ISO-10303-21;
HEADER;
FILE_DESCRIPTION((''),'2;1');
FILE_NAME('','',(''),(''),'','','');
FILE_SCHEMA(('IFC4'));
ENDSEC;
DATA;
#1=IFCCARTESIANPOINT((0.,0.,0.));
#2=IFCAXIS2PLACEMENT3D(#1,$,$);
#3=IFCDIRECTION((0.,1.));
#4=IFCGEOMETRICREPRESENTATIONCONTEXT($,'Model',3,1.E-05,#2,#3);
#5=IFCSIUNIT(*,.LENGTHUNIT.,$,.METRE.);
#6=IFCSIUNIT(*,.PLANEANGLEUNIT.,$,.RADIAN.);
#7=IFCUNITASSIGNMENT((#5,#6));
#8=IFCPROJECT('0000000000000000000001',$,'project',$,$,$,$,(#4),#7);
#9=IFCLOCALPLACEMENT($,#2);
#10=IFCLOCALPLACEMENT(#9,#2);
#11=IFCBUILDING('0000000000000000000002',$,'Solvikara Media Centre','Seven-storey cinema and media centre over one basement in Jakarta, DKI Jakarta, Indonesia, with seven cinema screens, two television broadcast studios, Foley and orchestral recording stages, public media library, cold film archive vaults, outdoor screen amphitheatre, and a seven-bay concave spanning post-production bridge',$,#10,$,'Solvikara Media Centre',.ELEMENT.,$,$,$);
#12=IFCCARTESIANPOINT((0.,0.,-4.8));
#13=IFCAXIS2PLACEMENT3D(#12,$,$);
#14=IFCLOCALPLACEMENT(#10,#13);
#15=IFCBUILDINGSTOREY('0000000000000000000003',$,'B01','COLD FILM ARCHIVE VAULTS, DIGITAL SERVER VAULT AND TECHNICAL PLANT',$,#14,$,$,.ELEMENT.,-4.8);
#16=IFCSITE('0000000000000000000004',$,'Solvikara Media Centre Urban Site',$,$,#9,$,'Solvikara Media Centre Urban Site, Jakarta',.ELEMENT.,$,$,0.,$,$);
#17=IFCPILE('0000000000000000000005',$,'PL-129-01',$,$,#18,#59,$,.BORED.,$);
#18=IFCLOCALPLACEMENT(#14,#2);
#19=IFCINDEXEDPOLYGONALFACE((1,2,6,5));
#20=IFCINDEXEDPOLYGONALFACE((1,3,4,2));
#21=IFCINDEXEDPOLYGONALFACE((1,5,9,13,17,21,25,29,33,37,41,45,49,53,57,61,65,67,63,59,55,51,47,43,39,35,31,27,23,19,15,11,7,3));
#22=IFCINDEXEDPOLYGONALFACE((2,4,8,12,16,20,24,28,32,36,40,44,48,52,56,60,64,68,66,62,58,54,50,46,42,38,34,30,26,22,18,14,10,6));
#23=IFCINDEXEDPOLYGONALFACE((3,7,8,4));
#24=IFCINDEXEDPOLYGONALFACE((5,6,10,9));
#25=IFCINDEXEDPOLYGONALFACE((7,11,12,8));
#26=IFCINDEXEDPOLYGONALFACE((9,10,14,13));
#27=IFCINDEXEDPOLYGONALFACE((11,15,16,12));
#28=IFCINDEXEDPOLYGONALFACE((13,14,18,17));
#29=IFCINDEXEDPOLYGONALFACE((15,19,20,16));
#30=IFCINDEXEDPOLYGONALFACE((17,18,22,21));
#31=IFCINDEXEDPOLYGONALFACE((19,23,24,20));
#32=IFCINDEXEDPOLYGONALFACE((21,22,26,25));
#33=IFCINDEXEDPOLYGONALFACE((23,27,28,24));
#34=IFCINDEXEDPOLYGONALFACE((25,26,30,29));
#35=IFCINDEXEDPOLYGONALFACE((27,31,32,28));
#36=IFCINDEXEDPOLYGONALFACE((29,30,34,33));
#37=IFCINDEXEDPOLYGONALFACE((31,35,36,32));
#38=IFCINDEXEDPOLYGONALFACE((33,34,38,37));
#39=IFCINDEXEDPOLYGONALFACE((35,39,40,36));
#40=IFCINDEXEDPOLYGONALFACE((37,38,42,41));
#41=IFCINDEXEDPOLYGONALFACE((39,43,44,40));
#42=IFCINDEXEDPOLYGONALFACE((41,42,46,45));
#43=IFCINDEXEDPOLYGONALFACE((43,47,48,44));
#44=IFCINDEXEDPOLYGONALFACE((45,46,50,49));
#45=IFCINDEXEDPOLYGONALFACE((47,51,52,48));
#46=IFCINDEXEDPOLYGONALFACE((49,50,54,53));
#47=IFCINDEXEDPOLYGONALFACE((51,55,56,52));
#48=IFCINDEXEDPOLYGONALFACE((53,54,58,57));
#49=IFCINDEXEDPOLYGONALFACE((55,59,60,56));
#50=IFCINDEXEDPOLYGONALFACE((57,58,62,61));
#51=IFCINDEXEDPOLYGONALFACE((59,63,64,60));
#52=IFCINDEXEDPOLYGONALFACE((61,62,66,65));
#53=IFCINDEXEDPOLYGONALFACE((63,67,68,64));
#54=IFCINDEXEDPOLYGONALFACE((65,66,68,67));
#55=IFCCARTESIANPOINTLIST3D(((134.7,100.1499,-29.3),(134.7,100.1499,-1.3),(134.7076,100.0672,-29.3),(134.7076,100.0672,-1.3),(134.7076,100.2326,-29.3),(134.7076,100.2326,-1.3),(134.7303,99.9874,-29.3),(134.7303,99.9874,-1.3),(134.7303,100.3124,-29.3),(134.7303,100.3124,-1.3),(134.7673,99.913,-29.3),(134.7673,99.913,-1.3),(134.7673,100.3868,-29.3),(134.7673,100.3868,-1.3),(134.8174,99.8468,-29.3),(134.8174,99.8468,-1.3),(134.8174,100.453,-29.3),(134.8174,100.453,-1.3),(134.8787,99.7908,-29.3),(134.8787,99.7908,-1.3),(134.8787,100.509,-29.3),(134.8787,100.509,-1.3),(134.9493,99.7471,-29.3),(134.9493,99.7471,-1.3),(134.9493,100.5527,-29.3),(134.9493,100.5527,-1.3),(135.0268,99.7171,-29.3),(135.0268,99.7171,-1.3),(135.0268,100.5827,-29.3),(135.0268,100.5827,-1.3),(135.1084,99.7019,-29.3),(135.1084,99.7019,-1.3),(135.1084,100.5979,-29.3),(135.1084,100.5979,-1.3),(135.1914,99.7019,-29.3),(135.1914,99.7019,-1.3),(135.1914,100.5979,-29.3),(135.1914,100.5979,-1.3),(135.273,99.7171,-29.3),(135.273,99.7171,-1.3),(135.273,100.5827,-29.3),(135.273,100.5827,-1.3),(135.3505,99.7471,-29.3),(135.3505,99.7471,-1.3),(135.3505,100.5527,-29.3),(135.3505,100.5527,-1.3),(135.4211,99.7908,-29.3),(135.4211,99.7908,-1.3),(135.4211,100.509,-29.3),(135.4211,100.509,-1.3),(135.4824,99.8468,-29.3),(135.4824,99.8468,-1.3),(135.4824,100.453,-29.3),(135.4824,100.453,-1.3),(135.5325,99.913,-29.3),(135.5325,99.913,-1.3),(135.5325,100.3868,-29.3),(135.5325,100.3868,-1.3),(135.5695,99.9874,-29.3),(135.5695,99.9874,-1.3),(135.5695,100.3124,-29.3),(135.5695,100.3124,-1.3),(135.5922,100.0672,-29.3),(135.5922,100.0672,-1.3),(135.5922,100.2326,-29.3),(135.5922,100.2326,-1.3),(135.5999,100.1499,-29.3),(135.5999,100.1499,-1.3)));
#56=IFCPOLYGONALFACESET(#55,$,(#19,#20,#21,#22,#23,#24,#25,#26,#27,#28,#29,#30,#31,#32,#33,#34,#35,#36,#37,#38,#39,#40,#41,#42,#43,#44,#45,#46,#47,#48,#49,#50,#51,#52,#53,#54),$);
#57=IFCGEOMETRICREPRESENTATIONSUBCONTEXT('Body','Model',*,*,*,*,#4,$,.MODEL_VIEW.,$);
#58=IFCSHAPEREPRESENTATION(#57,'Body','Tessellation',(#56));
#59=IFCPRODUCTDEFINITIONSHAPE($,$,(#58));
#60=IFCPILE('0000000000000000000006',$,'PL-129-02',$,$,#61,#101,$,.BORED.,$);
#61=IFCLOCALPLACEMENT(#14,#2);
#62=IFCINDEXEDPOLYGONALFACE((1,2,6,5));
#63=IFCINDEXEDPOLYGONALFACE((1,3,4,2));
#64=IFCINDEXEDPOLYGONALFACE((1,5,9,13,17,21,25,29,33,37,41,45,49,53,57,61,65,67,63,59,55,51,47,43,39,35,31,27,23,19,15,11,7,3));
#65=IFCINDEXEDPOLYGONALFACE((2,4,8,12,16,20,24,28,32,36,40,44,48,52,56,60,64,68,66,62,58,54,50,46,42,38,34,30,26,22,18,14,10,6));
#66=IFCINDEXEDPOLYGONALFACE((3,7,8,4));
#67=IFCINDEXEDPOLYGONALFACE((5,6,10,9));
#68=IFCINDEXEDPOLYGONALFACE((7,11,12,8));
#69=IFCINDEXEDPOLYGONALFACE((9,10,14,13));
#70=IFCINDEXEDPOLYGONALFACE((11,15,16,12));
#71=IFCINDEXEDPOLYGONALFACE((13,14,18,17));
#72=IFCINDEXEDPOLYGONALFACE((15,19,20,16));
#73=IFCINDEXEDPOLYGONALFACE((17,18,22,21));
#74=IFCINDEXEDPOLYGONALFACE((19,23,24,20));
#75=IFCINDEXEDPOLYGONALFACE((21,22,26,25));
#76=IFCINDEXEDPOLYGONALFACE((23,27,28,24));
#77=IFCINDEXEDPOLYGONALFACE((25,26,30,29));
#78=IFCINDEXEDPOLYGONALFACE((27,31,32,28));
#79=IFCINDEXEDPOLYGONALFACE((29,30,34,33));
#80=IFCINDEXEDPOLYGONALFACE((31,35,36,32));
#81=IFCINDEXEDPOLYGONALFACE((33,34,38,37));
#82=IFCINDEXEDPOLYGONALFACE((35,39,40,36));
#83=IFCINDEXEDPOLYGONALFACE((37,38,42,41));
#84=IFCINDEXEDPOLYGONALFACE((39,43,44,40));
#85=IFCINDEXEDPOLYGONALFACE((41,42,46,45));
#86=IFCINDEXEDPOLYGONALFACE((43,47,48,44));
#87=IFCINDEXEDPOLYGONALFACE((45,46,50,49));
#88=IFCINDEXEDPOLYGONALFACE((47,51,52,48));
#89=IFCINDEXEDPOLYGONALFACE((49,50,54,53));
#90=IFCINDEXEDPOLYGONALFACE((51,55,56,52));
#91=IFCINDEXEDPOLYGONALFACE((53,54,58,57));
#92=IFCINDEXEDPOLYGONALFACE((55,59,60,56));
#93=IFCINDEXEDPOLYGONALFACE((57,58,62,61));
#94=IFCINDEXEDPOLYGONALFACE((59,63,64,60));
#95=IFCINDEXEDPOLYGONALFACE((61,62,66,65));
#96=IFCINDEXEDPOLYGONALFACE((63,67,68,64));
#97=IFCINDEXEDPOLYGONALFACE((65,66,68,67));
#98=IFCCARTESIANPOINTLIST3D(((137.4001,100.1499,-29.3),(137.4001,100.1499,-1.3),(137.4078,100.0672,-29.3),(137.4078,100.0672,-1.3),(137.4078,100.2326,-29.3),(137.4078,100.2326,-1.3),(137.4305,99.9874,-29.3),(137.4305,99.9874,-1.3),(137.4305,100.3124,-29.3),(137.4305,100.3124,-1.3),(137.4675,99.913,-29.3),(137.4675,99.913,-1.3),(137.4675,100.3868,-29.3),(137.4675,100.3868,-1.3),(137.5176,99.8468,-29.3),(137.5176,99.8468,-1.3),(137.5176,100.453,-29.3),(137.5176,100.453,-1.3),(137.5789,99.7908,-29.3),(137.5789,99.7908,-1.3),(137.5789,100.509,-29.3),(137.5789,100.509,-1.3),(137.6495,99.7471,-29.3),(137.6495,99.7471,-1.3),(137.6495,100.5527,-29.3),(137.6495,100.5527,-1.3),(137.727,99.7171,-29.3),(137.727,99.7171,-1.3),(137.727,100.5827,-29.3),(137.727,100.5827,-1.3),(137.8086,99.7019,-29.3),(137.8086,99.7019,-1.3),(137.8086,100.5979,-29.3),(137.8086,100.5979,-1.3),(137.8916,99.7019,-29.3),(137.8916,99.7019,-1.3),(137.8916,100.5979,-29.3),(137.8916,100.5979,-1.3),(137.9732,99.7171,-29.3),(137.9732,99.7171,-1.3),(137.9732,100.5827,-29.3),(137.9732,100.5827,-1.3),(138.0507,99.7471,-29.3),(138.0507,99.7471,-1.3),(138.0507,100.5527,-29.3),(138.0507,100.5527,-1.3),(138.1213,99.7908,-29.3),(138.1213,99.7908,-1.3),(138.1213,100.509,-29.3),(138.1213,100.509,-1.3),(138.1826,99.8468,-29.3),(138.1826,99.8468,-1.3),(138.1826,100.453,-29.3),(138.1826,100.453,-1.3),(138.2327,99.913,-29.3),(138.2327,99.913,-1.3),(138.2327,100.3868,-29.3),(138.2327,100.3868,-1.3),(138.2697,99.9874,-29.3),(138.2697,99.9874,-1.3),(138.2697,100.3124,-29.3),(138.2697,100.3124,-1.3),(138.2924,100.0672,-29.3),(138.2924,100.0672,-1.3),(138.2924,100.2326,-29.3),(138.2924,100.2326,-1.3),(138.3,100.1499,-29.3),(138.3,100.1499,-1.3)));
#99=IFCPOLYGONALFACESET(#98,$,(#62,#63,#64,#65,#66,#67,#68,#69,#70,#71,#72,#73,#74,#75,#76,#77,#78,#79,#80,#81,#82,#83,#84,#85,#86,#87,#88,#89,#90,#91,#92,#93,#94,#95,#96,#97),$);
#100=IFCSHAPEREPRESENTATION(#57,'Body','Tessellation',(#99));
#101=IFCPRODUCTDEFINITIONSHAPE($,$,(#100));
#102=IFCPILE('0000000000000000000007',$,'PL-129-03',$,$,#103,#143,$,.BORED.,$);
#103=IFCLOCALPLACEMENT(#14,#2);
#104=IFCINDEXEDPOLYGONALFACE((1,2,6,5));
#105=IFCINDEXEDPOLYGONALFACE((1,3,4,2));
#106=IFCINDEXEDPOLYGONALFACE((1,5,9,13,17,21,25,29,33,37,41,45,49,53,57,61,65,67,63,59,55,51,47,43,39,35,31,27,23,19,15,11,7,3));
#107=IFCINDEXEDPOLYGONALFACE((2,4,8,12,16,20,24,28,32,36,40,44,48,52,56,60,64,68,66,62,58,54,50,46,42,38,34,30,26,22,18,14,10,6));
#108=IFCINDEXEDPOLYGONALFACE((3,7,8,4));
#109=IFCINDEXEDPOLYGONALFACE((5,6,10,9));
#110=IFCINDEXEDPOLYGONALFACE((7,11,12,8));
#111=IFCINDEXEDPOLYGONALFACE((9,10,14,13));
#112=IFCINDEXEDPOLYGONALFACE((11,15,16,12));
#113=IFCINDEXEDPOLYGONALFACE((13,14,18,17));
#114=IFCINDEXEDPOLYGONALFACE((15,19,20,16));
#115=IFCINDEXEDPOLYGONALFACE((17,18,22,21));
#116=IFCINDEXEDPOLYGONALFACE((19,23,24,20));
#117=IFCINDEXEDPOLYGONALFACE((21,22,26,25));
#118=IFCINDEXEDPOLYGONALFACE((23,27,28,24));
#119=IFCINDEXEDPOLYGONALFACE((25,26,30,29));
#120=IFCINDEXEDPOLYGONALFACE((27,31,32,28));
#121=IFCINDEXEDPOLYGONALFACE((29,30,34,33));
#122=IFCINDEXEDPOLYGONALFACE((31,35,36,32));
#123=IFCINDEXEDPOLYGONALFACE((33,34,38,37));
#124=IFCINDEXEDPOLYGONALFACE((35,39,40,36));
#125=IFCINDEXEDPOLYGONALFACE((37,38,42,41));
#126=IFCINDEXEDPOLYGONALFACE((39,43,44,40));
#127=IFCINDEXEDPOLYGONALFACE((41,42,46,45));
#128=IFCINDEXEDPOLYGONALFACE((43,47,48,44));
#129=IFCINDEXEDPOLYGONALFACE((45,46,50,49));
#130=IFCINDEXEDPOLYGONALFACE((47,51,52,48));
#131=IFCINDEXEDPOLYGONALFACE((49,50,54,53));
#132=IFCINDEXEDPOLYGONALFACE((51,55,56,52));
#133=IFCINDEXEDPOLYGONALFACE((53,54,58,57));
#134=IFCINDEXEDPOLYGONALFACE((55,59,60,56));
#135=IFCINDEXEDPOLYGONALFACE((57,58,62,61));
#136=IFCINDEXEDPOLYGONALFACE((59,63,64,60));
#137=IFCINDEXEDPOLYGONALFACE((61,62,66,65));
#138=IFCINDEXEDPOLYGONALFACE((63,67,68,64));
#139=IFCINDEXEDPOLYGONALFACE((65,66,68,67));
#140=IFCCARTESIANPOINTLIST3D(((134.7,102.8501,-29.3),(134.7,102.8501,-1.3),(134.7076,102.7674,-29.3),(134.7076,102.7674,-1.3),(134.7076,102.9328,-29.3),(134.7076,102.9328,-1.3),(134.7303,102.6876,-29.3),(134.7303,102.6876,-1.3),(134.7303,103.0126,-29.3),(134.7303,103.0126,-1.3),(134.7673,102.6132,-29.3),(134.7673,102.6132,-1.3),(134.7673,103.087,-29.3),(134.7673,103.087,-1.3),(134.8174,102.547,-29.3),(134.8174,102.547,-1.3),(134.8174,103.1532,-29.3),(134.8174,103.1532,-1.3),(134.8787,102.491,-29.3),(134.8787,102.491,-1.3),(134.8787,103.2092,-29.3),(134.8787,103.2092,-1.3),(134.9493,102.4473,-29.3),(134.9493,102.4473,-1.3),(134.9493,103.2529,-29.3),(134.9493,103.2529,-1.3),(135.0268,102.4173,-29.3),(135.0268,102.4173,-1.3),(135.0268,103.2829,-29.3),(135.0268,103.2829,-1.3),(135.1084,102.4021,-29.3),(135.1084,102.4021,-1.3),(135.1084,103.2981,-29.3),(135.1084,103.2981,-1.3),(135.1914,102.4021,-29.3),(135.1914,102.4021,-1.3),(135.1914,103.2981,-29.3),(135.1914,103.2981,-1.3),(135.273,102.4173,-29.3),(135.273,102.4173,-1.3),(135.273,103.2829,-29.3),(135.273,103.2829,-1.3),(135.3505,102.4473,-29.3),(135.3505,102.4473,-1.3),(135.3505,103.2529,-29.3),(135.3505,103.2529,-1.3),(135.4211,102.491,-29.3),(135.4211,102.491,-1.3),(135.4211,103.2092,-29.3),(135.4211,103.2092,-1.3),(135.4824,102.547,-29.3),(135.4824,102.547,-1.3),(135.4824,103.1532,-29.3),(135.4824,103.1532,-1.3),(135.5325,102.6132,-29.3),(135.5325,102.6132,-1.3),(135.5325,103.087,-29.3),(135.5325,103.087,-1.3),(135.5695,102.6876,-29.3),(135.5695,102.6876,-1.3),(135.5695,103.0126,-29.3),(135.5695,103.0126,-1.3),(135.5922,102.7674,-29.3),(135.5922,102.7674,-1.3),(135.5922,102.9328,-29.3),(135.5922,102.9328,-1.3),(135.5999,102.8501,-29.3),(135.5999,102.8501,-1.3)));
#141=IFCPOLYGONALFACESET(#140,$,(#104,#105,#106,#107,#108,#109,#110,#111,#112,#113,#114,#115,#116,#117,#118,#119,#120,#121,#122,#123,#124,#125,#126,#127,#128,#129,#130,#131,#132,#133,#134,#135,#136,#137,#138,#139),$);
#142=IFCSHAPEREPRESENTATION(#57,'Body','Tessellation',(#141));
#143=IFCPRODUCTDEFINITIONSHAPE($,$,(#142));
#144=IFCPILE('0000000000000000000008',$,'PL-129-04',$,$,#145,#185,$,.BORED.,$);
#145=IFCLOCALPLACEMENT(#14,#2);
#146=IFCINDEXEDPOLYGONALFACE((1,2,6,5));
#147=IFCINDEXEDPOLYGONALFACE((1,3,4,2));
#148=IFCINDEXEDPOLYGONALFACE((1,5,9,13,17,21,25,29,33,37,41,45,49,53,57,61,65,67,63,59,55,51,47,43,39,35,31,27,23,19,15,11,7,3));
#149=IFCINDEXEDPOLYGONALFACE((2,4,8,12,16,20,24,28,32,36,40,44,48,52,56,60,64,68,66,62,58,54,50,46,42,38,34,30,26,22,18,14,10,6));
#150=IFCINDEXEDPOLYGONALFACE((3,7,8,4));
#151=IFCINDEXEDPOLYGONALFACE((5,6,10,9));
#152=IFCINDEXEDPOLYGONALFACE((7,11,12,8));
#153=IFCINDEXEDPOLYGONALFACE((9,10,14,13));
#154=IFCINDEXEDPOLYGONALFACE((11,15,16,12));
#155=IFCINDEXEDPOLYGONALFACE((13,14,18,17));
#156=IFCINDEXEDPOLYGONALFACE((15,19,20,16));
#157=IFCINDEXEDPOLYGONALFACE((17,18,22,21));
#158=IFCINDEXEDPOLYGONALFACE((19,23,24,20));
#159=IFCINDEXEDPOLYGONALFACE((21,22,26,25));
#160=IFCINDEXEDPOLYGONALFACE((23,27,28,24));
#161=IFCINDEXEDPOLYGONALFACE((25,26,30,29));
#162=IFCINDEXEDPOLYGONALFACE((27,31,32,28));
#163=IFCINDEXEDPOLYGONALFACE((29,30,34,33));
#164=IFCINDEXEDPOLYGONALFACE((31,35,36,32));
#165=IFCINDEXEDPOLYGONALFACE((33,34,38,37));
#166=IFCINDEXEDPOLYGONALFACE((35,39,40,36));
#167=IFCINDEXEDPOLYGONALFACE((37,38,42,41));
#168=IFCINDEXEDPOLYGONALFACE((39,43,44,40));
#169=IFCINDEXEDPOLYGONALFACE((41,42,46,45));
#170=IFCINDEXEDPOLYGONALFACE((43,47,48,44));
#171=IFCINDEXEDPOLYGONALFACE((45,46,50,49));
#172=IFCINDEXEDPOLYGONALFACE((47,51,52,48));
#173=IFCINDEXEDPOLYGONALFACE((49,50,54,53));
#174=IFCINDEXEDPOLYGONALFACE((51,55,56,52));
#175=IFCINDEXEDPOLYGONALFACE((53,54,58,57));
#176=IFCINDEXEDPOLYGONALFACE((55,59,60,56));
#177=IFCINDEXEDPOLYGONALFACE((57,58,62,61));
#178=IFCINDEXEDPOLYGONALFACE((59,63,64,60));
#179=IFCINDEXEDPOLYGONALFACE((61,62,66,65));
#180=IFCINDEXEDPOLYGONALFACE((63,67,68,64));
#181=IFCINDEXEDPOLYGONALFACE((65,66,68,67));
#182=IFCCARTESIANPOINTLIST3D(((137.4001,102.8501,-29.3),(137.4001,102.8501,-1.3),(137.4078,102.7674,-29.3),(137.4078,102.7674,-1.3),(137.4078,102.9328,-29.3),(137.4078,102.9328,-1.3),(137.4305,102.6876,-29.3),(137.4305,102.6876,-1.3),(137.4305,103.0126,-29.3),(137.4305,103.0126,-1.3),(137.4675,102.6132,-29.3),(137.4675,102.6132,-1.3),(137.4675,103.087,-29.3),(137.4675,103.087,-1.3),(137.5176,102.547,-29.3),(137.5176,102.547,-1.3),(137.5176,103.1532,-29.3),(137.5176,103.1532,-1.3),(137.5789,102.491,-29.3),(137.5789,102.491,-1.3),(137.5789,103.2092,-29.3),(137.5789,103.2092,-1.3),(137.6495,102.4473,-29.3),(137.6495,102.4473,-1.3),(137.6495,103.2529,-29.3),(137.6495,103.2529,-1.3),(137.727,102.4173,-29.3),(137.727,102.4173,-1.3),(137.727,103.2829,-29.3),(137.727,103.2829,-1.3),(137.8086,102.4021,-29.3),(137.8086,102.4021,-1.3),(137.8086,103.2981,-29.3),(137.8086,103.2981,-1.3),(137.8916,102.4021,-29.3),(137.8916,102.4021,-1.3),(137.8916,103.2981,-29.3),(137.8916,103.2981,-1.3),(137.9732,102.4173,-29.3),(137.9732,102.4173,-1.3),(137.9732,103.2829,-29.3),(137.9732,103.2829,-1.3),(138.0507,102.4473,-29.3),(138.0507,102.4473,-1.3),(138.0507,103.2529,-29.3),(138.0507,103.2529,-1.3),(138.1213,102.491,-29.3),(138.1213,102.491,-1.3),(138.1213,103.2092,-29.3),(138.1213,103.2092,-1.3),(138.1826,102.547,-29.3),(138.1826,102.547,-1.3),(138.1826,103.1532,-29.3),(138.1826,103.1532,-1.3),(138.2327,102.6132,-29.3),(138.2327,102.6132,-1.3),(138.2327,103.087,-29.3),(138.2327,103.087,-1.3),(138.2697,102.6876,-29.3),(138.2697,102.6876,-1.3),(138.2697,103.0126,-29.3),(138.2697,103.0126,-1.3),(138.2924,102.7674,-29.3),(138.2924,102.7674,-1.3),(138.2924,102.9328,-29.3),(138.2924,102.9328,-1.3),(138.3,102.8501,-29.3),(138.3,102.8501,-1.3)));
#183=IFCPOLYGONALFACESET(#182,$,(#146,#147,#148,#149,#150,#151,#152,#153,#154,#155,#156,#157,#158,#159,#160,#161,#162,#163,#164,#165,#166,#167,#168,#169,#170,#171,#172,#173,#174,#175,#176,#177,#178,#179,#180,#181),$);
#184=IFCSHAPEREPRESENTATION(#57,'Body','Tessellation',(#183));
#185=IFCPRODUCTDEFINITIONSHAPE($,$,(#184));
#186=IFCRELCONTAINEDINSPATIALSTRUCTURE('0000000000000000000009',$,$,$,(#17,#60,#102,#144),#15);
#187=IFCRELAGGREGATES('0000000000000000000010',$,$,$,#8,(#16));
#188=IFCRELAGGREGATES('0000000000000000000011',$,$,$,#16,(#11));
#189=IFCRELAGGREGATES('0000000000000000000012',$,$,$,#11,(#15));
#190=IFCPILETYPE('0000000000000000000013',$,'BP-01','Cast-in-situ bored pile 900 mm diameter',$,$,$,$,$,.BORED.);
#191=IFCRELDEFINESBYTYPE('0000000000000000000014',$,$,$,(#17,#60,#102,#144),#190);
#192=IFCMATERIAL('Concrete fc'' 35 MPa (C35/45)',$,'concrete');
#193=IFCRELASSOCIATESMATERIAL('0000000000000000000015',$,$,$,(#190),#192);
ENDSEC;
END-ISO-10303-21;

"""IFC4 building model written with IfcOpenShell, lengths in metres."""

from ifc_helpers import new_model, si_unit, direction, frame, origin, origin_2d, place, context, subcontext, project, spatial, circle, extrude, material, material_profile, profile_set, type_object, element, save


model = new_model("IFC4")

# Units and contexts
model_context = context("Model", 3, precision=1e-05, world=origin(), true_north=direction((0.0, 1.0)))
body_context = subcontext(model_context, "Body", "Model", "MODEL_VIEW")
ifc_project = project(units=[si_unit("LENGTHUNIT", "METRE"), si_unit("PLANEANGLEUNIT", "RADIAN")], contexts=[model_context])

# Site, building, storey
site_placement = place(None, origin())
site = spatial("IfcSite", under=ifc_project, at=site_placement, Name="Solvikara Media Centre Urban Site", LongName="Solvikara Media Centre Urban Site, Jakarta", CompositionType="ELEMENT", RefElevation=0.0)
building_placement = place(site_placement, origin())
building = spatial("IfcBuilding", under=site, at=building_placement, Name="Solvikara Media Centre", Description="Seven-storey cinema and media centre over one basement in Jakarta, DKI Jakarta, Indonesia, with seven cinema screens, two television broadcast studios, Foley and orchestral recording stages, public media library, cold film archive vaults, outdoor screen amphitheatre, and a seven-bay concave spanning post-production bridge", LongName="Solvikara Media Centre", CompositionType="ELEMENT")
storey_placement = place(building_placement, frame((0.0, 0.0, -4.8)))
storey = spatial("IfcBuildingStorey", under=building, at=storey_placement, Name="B01", Description="COLD FILM ARCHIVE VAULTS, DIGITAL SERVER VAULT AND TECHNICAL PLANT", CompositionType="ELEMENT", Elevation=-4.8)

# Piles
ifc_material_1 = material(Name="Concrete fc' 35 MPa (C35/45)", Category="concrete")
ifc_material_profile_1 = material_profile(ifc_material_1, circle(Radius=0.45, at=origin_2d()), Name="BORED PILE D900")
ifc_profile_set_1 = profile_set([ifc_material_profile_1], Name="Concrete fc' 35 MPa (C35/45)")
pile_type_1 = type_object("IfcPileType", Name="BP-01", Description="Cast-in-situ bored pile 900 mm diameter", PredefinedType="BORED", material=ifc_profile_set_1)
for number, where, z_axis, x_axis, name in (
    (1, (135.1499, 100.1499, -1.3), (0.0, 0.0, -1.0), (1.0, 0.0, 0.0), "PL-129-01"),
    (2, (137.8501, 100.1499, -1.3), (0.0, 0.0, -1.0), (1.0, 0.0, 0.0), "PL-129-02"),
    (3, (135.1499, 102.8501, -1.3), (0.0, 0.0, -1.0), (1.0, 0.0, 0.0), "PL-129-03"),
    (4, (137.8501, 102.8501, -1.3), (0.0, 0.0, -1.0), (1.0, 0.0, 0.0), "PL-129-04"),
):
    element("IfcPile", number, at=place(storey_placement, frame(where, z_axis=z_axis, x_axis=x_axis)), inside=storey, type_object=pile_type_1, Name=name, PredefinedType="BORED", context=body_context, shape_type="SweptSolid", body=[
        extrude(circle(Radius=0.45, at=origin_2d()), origin(), (0.0, 0.0, 1.0), 28.0),
    ])

save(model, "model.ifc")
